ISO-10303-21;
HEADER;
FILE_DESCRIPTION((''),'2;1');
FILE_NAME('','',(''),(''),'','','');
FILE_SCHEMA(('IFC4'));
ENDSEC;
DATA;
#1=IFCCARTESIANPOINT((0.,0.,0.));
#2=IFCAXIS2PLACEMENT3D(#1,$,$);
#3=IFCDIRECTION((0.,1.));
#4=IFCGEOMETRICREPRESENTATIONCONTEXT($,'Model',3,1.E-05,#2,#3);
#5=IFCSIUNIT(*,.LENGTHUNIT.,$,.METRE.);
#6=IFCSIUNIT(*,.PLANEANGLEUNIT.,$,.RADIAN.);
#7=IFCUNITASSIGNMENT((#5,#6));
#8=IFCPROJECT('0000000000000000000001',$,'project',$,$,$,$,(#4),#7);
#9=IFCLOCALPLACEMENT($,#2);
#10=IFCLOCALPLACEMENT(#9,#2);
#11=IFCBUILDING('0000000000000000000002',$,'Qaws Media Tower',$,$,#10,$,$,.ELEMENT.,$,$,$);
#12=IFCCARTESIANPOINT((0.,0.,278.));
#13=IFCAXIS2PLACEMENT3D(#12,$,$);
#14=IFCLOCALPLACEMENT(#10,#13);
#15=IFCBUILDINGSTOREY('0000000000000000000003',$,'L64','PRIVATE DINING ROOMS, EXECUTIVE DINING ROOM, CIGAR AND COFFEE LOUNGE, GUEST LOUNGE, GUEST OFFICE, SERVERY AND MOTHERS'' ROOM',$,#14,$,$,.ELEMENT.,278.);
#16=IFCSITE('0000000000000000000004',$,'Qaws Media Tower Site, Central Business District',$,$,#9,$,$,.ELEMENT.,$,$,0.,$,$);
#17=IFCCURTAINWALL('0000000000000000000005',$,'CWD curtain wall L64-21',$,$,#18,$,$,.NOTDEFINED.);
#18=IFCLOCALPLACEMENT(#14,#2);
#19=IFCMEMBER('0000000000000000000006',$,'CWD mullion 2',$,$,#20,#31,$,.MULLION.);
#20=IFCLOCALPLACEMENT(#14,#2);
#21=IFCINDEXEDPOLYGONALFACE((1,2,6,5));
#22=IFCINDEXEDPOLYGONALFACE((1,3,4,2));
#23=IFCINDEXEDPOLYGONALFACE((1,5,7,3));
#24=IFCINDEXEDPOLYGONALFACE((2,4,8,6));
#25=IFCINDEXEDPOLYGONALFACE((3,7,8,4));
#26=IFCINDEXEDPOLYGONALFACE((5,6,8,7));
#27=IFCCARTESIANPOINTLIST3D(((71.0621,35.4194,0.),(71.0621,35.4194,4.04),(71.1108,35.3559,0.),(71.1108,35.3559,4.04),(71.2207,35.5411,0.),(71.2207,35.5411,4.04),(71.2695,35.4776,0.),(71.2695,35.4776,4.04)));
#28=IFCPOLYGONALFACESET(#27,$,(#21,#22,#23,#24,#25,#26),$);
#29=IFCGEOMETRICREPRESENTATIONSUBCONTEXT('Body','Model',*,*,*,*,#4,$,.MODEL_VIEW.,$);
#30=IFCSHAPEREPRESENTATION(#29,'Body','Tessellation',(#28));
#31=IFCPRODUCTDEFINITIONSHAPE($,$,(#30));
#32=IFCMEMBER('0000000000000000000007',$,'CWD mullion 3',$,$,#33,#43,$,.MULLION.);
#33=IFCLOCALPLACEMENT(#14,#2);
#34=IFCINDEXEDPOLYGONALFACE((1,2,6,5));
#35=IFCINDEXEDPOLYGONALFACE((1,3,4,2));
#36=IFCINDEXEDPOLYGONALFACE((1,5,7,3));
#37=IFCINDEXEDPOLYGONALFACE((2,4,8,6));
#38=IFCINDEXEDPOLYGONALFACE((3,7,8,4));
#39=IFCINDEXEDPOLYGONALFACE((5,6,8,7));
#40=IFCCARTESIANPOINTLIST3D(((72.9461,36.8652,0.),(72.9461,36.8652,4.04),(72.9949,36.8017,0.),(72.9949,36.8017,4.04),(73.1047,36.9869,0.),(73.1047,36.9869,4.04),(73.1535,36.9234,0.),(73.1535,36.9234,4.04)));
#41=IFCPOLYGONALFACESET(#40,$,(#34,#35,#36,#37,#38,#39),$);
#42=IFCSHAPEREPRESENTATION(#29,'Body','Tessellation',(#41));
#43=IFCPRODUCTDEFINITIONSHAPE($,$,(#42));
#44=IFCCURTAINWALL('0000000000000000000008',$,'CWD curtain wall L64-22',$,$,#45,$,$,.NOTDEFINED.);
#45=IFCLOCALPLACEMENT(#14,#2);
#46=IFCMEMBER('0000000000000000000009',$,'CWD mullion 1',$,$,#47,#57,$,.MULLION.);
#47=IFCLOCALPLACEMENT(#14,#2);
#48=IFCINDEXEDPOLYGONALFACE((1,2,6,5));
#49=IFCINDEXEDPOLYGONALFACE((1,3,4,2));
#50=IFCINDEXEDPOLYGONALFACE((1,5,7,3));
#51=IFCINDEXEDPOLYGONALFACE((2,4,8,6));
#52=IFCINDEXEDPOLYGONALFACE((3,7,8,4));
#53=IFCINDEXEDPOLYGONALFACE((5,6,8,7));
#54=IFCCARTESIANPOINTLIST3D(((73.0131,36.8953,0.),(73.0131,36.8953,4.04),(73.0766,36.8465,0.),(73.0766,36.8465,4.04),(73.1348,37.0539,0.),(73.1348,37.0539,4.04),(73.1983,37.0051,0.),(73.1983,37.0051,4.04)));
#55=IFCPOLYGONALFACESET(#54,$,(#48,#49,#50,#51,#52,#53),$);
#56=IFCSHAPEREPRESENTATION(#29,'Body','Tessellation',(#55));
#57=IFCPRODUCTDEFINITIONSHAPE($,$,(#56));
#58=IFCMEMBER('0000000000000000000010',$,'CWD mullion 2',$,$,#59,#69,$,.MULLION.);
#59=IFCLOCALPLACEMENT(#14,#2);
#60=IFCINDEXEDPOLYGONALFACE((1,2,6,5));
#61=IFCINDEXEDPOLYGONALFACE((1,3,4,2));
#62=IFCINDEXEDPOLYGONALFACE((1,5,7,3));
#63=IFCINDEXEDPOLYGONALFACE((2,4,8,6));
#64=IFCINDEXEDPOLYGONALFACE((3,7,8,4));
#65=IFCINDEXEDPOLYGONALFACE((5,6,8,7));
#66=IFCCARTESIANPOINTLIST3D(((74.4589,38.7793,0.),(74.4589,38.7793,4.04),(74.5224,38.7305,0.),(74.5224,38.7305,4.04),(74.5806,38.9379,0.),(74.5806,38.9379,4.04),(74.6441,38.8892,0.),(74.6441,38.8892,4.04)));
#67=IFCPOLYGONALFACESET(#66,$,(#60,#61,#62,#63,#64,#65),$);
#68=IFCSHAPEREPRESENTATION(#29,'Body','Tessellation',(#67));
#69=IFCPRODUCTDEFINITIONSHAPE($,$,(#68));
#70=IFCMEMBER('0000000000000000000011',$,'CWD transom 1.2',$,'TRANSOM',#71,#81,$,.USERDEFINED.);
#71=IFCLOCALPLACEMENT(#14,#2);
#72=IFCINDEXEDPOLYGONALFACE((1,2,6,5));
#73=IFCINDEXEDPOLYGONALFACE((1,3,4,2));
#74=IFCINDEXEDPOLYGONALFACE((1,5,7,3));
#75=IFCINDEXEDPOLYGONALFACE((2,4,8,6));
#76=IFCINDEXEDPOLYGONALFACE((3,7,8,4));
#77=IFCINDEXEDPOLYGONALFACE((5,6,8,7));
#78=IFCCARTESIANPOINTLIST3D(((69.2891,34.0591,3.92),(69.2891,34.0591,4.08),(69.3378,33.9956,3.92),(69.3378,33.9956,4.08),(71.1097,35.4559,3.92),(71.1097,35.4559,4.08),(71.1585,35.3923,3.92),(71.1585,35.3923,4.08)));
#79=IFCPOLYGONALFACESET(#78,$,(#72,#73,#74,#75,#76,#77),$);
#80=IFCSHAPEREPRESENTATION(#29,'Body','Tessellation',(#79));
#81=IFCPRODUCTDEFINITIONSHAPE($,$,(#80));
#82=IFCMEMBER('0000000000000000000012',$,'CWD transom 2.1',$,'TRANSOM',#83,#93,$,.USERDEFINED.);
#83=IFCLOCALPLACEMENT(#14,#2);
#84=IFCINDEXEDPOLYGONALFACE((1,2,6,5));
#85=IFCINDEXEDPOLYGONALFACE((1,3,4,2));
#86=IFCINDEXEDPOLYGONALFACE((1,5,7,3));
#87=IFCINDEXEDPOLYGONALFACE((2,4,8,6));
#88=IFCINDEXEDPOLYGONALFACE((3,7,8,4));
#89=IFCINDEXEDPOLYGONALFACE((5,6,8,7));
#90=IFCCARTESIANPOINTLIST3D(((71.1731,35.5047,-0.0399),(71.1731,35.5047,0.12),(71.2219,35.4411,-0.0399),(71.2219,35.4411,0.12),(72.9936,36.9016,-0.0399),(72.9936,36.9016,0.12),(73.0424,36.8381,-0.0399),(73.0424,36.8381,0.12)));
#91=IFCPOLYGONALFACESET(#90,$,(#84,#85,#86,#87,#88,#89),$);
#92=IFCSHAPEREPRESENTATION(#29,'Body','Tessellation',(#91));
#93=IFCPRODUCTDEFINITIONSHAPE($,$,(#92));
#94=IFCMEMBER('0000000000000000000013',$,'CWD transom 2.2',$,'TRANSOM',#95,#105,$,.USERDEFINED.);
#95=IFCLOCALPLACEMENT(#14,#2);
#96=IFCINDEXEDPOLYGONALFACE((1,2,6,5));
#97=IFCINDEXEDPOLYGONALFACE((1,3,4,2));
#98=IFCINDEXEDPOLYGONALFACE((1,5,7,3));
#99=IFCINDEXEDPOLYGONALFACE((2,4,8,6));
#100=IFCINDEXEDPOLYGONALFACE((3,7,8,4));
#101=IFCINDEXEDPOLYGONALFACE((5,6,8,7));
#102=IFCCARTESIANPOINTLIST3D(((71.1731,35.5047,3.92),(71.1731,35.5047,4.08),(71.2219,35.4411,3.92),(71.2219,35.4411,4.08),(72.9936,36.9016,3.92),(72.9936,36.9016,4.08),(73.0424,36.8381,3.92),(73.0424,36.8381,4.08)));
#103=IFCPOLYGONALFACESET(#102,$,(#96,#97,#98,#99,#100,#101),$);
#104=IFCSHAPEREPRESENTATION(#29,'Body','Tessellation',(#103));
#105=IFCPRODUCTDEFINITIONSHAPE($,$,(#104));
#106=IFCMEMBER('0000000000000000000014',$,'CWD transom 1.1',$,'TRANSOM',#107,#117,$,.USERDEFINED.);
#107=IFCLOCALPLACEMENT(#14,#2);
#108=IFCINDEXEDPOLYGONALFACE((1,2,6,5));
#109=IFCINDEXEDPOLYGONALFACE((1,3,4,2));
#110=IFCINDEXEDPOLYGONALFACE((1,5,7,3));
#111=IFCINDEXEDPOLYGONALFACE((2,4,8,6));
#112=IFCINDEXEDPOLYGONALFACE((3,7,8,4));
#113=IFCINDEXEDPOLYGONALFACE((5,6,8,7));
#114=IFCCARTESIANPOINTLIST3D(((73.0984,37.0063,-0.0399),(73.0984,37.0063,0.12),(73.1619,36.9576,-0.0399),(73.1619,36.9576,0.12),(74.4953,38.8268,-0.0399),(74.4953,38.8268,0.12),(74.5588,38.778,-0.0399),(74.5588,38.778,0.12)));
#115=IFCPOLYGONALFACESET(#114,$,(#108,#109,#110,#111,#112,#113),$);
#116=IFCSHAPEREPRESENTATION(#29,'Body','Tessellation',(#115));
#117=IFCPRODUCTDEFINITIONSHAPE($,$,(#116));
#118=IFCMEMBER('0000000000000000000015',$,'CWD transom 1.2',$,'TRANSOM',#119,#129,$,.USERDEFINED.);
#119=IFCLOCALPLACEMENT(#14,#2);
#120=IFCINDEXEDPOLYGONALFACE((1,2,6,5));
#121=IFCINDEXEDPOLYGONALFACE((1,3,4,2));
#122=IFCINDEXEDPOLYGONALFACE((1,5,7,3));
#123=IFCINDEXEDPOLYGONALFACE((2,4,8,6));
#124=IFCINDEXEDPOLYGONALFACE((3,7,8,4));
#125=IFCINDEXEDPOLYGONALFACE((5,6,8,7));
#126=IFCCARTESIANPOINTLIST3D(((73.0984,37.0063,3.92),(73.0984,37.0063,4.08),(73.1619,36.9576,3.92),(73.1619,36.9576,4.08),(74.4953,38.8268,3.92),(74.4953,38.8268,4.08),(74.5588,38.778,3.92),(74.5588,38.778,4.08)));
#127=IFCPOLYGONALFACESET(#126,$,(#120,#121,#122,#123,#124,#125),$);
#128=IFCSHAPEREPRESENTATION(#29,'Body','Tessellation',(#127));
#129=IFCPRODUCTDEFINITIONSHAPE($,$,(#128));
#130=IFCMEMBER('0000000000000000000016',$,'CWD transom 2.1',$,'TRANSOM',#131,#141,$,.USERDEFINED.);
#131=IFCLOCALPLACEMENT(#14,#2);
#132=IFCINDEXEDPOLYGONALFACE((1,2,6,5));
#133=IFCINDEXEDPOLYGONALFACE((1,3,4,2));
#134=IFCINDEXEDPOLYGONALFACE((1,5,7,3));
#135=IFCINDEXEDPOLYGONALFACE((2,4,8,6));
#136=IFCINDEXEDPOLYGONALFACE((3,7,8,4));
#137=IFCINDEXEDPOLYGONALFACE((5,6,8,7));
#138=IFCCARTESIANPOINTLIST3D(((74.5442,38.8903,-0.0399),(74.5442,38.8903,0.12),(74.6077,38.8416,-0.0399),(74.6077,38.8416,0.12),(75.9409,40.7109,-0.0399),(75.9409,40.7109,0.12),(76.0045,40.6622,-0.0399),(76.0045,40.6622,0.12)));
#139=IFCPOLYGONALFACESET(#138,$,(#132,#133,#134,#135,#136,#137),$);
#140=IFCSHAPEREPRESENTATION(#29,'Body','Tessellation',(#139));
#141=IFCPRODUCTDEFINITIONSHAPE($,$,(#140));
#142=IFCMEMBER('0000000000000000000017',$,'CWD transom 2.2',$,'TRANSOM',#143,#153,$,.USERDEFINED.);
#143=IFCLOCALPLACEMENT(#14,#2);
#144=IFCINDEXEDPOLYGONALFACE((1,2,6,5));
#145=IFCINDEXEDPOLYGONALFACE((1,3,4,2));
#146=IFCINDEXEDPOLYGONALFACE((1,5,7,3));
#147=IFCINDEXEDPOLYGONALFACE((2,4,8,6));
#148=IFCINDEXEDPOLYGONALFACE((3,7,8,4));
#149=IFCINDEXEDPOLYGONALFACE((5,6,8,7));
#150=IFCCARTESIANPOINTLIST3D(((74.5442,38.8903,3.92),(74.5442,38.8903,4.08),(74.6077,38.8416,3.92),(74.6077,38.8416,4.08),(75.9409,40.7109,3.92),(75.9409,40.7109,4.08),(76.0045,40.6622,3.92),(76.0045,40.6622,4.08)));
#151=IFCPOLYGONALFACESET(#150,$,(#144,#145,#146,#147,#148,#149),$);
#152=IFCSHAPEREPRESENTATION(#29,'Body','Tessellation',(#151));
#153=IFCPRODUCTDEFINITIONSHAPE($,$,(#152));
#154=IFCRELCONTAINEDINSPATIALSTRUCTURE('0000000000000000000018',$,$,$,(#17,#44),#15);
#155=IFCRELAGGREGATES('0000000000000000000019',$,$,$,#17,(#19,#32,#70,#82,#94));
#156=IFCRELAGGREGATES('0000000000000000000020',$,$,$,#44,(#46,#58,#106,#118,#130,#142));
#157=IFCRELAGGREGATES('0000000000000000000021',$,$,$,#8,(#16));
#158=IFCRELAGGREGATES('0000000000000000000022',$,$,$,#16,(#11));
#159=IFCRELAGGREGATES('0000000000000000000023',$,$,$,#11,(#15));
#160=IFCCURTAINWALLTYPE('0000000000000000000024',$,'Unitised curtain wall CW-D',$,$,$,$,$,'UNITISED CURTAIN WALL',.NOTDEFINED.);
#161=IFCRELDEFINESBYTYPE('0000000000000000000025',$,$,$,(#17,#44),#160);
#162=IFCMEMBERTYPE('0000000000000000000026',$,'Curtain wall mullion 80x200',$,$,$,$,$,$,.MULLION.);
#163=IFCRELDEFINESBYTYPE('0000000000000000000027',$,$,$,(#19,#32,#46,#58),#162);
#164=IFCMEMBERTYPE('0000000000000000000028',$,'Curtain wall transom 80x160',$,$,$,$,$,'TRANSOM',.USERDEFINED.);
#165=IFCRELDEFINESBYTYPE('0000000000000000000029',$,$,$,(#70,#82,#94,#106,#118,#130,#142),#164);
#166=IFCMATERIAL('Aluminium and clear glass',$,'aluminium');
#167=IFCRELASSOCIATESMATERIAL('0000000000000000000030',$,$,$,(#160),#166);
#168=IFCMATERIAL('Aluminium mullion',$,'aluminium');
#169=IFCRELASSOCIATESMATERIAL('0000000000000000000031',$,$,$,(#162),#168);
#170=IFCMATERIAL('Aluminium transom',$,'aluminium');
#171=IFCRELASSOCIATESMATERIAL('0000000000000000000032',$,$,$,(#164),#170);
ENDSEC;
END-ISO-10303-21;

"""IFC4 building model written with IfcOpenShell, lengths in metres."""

from ifc_helpers import new_model, si_unit, direction, frame, origin, origin_2d, place, context, subcontext, project, spatial, rectangle, extrude, material, material_profile, profile_set, type_object, element, aggregate, save


model = new_model("IFC4")

# Units and contexts
model_context = context("Model", 3, precision=1e-05, world=origin(), true_north=direction((0.0, 1.0)))
body_context = subcontext(model_context, "Body", "Model", "MODEL_VIEW")
ifc_project = project(units=[si_unit("LENGTHUNIT", "METRE"), si_unit("PLANEANGLEUNIT", "RADIAN")], contexts=[model_context])

# Site, building, storey
site_placement = place(None, origin())
site = spatial("IfcSite", under=ifc_project, at=site_placement, Name="Qaws Media Tower Site, Central Business District", CompositionType="ELEMENT", RefElevation=0.0)
building_placement = place(site_placement, origin())
building = spatial("IfcBuilding", under=site, at=building_placement, Name="Qaws Media Tower", CompositionType="ELEMENT")
storey_placement = place(building_placement, frame((0.0, 0.0, 278.0)))
storey = spatial("IfcBuildingStorey", under=building, at=storey_placement, Name="L64", Description="PRIVATE DINING ROOMS, EXECUTIVE DINING ROOM, CIGAR AND COFFEE LOUNGE, GUEST LOUNGE, GUEST OFFICE, SERVERY AND MOTHERS' ROOM", CompositionType="ELEMENT", Elevation=278.0)

# Curtain walls, members
ifc_material_1 = material(Name="Aluminium and clear glass", Category="aluminium")
curtain_wall_type = type_object("IfcCurtainWallType", Name="Unitised curtain wall CW-D", ElementType="UNITISED CURTAIN WALL", PredefinedType="NOTDEFINED", material=ifc_material_1)
curtain_wall_1_placement = place(storey_placement, origin())
curtain_wall_1 = element("IfcCurtainWall", 1, at=curtain_wall_1_placement, inside=storey, type_object=curtain_wall_type, Name="CWD curtain wall L64-21", PredefinedType="NOTDEFINED")
ifc_material_2 = material(Name="Aluminium mullion", Category="aluminium")
ifc_material_profile_1 = material_profile(ifc_material_2, rectangle(XDim=0.0801, YDim=0.2, at=origin_2d()), Name="80x200")
ifc_profile_set_1 = profile_set([ifc_material_profile_1], Name="Aluminium mullion")
member_type_1 = type_object("IfcMemberType", Name="Curtain wall mullion 80x200", PredefinedType="MULLION", material=ifc_profile_set_1)
member_1_placement = place(storey_placement, frame((71.1658, 35.4485, 0.0), z_axis=(0.0, 0.0, 1.0), x_axis=(-0.608762, 0.793353, 0.0)))
member_1 = element("IfcMember", 2, at=member_1_placement, type_object=member_type_1, Name="CWD mullion 2", PredefinedType="MULLION", context=body_context, shape_type="SweptSolid", body=[
    extrude(rectangle(XDim=0.0801, YDim=0.2, at=origin_2d()), origin(), (0.0, 0.0, 1.0), 4.04),
])
member_2_placement = place(storey_placement, frame((73.0498, 36.8943, 0.0), z_axis=(0.0, 0.0, 1.0), x_axis=(-0.608762, 0.793353, 0.0)))
member_2 = element("IfcMember", 3, at=member_2_placement, type_object=member_type_1, Name="CWD mullion 3", PredefinedType="MULLION", context=body_context, shape_type="SweptSolid", body=[
    extrude(rectangle(XDim=0.0801, YDim=0.2, at=origin_2d()), origin(), (0.0, 0.0, 1.0), 4.04),
])
curtain_wall_2_placement = place(storey_placement, origin())
curtain_wall_2 = element("IfcCurtainWall", 4, at=curtain_wall_2_placement, inside=storey, type_object=curtain_wall_type, Name="CWD curtain wall L64-22", PredefinedType="NOTDEFINED")
member_3_placement = place(storey_placement, frame((73.1057, 36.9502, 0.0), z_axis=(0.0, 0.0, 1.0), x_axis=(-0.793353, 0.608762, 0.0)))
member_3 = element("IfcMember", 5, at=member_3_placement, type_object=member_type_1, Name="CWD mullion 1", PredefinedType="MULLION", context=body_context, shape_type="SweptSolid", body=[
    extrude(rectangle(XDim=0.0801, YDim=0.2, at=origin_2d()), origin(), (0.0, 0.0, 1.0), 4.04),
])
member_4_placement = place(storey_placement, frame((74.5515, 38.8342, 0.0), z_axis=(0.0, 0.0, 1.0), x_axis=(-0.793353, 0.608762, 0.0)))
member_4 = element("IfcMember", 6, at=member_4_placement, type_object=member_type_1, Name="CWD mullion 2", PredefinedType="MULLION", context=body_context, shape_type="SweptSolid", body=[
    extrude(rectangle(XDim=0.0801, YDim=0.2, at=origin_2d()), origin(), (0.0, 0.0, 1.0), 4.04),
])

# Members
ifc_material_3 = material(Name="Aluminium transom", Category="aluminium")
ifc_material_profile_2 = material_profile(ifc_material_3, rectangle(XDim=0.0801, YDim=0.1599, at=origin_2d()), Name="80x160")
ifc_profile_set_2 = profile_set([ifc_material_profile_2], Name="Aluminium transom")
member_type_2 = type_object("IfcMemberType", Name="Curtain wall transom 80x160", ElementType="TRANSOM", PredefinedType="USERDEFINED", material=ifc_profile_set_2)
member_5_placement = place(storey_placement, frame((69.3135, 34.0273, 4.0), z_axis=(0.793403, 0.608697, 0.0), x_axis=(-0.608697, 0.793403, 0.0)))
member_5 = element("IfcMember", 7, at=member_5_placement, type_object=member_type_2, Name="CWD transom 1.2", ObjectType="TRANSOM", PredefinedType="USERDEFINED", context=body_context, shape_type="SweptSolid", body=[
    extrude(rectangle(XDim=0.0801, YDim=0.1599, at=origin_2d()), origin(), (0.0, 0.0, 1.0), 2.2947),
])
member_6_placement = place(storey_placement, frame((71.1975, 35.4729, 0.04), z_axis=(0.793351, 0.608764, 0.0), x_axis=(-0.608764, 0.793351, 0.0)))
member_6 = element("IfcMember", 8, at=member_6_placement, type_object=member_type_2, Name="CWD transom 2.1", ObjectType="TRANSOM", PredefinedType="USERDEFINED", context=body_context, shape_type="SweptSolid", body=[
    extrude(rectangle(XDim=0.0801, YDim=0.1599, at=origin_2d()), origin(), (0.0, 0.0, 1.0), 2.2947),
])
member_7_placement = place(storey_placement, frame((71.1975, 35.4729, 4.0), z_axis=(0.793351, 0.608764, 0.0), x_axis=(-0.608764, 0.793351, 0.0)))
member_7 = element("IfcMember", 9, at=member_7_placement, type_object=member_type_2, Name="CWD transom 2.2", ObjectType="TRANSOM", PredefinedType="USERDEFINED", context=body_context, shape_type="SweptSolid", body=[
    extrude(rectangle(XDim=0.0801, YDim=0.1599, at=origin_2d()), origin(), (0.0, 0.0, 1.0), 2.2947),
])
member_8_placement = place(storey_placement, frame((73.1301, 36.9819, 0.04), z_axis=(0.608764, 0.793351, 0.0), x_axis=(-0.793351, 0.608764, 0.0)))
member_8 = element("IfcMember", 10, at=member_8_placement, type_object=member_type_2, Name="CWD transom 1.1", ObjectType="TRANSOM", PredefinedType="USERDEFINED", context=body_context, shape_type="SweptSolid", body=[
    extrude(rectangle(XDim=0.0801, YDim=0.1599, at=origin_2d()), origin(), (0.0, 0.0, 1.0), 2.2947),
])
member_9_placement = place(storey_placement, frame((73.1301, 36.9819, 4.0), z_axis=(0.608764, 0.793351, 0.0), x_axis=(-0.793351, 0.608764, 0.0)))
member_9 = element("IfcMember", 11, at=member_9_placement, type_object=member_type_2, Name="CWD transom 1.2", ObjectType="TRANSOM", PredefinedType="USERDEFINED", context=body_context, shape_type="SweptSolid", body=[
    extrude(rectangle(XDim=0.0801, YDim=0.1599, at=origin_2d()), origin(), (0.0, 0.0, 1.0), 2.2947),
])
member_10_placement = place(storey_placement, frame((74.5759, 38.866, 0.04), z_axis=(0.608697, 0.793403, 0.0), x_axis=(-0.793403, 0.608697, 0.0)))
member_10 = element("IfcMember", 12, at=member_10_placement, type_object=member_type_2, Name="CWD transom 2.1", ObjectType="TRANSOM", PredefinedType="USERDEFINED", context=body_context, shape_type="SweptSolid", body=[
    extrude(rectangle(XDim=0.0801, YDim=0.1599, at=origin_2d()), origin(), (0.0, 0.0, 1.0), 2.2947),
])
member_11_placement = place(storey_placement, frame((74.5759, 38.866, 4.0), z_axis=(0.608697, 0.793403, 0.0), x_axis=(-0.793403, 0.608697, 0.0)))
member_11 = element("IfcMember", 13, at=member_11_placement, type_object=member_type_2, Name="CWD transom 2.2", ObjectType="TRANSOM", PredefinedType="USERDEFINED", context=body_context, shape_type="SweptSolid", body=[
    extrude(rectangle(XDim=0.0801, YDim=0.1599, at=origin_2d()), origin(), (0.0, 0.0, 1.0), 2.2947),
])

aggregate(curtain_wall_1, [member_1, member_2, member_5, member_6, member_7])
aggregate(curtain_wall_2, [member_3, member_4, member_8, member_9, member_10, member_11])

save(model, "model.ifc")
